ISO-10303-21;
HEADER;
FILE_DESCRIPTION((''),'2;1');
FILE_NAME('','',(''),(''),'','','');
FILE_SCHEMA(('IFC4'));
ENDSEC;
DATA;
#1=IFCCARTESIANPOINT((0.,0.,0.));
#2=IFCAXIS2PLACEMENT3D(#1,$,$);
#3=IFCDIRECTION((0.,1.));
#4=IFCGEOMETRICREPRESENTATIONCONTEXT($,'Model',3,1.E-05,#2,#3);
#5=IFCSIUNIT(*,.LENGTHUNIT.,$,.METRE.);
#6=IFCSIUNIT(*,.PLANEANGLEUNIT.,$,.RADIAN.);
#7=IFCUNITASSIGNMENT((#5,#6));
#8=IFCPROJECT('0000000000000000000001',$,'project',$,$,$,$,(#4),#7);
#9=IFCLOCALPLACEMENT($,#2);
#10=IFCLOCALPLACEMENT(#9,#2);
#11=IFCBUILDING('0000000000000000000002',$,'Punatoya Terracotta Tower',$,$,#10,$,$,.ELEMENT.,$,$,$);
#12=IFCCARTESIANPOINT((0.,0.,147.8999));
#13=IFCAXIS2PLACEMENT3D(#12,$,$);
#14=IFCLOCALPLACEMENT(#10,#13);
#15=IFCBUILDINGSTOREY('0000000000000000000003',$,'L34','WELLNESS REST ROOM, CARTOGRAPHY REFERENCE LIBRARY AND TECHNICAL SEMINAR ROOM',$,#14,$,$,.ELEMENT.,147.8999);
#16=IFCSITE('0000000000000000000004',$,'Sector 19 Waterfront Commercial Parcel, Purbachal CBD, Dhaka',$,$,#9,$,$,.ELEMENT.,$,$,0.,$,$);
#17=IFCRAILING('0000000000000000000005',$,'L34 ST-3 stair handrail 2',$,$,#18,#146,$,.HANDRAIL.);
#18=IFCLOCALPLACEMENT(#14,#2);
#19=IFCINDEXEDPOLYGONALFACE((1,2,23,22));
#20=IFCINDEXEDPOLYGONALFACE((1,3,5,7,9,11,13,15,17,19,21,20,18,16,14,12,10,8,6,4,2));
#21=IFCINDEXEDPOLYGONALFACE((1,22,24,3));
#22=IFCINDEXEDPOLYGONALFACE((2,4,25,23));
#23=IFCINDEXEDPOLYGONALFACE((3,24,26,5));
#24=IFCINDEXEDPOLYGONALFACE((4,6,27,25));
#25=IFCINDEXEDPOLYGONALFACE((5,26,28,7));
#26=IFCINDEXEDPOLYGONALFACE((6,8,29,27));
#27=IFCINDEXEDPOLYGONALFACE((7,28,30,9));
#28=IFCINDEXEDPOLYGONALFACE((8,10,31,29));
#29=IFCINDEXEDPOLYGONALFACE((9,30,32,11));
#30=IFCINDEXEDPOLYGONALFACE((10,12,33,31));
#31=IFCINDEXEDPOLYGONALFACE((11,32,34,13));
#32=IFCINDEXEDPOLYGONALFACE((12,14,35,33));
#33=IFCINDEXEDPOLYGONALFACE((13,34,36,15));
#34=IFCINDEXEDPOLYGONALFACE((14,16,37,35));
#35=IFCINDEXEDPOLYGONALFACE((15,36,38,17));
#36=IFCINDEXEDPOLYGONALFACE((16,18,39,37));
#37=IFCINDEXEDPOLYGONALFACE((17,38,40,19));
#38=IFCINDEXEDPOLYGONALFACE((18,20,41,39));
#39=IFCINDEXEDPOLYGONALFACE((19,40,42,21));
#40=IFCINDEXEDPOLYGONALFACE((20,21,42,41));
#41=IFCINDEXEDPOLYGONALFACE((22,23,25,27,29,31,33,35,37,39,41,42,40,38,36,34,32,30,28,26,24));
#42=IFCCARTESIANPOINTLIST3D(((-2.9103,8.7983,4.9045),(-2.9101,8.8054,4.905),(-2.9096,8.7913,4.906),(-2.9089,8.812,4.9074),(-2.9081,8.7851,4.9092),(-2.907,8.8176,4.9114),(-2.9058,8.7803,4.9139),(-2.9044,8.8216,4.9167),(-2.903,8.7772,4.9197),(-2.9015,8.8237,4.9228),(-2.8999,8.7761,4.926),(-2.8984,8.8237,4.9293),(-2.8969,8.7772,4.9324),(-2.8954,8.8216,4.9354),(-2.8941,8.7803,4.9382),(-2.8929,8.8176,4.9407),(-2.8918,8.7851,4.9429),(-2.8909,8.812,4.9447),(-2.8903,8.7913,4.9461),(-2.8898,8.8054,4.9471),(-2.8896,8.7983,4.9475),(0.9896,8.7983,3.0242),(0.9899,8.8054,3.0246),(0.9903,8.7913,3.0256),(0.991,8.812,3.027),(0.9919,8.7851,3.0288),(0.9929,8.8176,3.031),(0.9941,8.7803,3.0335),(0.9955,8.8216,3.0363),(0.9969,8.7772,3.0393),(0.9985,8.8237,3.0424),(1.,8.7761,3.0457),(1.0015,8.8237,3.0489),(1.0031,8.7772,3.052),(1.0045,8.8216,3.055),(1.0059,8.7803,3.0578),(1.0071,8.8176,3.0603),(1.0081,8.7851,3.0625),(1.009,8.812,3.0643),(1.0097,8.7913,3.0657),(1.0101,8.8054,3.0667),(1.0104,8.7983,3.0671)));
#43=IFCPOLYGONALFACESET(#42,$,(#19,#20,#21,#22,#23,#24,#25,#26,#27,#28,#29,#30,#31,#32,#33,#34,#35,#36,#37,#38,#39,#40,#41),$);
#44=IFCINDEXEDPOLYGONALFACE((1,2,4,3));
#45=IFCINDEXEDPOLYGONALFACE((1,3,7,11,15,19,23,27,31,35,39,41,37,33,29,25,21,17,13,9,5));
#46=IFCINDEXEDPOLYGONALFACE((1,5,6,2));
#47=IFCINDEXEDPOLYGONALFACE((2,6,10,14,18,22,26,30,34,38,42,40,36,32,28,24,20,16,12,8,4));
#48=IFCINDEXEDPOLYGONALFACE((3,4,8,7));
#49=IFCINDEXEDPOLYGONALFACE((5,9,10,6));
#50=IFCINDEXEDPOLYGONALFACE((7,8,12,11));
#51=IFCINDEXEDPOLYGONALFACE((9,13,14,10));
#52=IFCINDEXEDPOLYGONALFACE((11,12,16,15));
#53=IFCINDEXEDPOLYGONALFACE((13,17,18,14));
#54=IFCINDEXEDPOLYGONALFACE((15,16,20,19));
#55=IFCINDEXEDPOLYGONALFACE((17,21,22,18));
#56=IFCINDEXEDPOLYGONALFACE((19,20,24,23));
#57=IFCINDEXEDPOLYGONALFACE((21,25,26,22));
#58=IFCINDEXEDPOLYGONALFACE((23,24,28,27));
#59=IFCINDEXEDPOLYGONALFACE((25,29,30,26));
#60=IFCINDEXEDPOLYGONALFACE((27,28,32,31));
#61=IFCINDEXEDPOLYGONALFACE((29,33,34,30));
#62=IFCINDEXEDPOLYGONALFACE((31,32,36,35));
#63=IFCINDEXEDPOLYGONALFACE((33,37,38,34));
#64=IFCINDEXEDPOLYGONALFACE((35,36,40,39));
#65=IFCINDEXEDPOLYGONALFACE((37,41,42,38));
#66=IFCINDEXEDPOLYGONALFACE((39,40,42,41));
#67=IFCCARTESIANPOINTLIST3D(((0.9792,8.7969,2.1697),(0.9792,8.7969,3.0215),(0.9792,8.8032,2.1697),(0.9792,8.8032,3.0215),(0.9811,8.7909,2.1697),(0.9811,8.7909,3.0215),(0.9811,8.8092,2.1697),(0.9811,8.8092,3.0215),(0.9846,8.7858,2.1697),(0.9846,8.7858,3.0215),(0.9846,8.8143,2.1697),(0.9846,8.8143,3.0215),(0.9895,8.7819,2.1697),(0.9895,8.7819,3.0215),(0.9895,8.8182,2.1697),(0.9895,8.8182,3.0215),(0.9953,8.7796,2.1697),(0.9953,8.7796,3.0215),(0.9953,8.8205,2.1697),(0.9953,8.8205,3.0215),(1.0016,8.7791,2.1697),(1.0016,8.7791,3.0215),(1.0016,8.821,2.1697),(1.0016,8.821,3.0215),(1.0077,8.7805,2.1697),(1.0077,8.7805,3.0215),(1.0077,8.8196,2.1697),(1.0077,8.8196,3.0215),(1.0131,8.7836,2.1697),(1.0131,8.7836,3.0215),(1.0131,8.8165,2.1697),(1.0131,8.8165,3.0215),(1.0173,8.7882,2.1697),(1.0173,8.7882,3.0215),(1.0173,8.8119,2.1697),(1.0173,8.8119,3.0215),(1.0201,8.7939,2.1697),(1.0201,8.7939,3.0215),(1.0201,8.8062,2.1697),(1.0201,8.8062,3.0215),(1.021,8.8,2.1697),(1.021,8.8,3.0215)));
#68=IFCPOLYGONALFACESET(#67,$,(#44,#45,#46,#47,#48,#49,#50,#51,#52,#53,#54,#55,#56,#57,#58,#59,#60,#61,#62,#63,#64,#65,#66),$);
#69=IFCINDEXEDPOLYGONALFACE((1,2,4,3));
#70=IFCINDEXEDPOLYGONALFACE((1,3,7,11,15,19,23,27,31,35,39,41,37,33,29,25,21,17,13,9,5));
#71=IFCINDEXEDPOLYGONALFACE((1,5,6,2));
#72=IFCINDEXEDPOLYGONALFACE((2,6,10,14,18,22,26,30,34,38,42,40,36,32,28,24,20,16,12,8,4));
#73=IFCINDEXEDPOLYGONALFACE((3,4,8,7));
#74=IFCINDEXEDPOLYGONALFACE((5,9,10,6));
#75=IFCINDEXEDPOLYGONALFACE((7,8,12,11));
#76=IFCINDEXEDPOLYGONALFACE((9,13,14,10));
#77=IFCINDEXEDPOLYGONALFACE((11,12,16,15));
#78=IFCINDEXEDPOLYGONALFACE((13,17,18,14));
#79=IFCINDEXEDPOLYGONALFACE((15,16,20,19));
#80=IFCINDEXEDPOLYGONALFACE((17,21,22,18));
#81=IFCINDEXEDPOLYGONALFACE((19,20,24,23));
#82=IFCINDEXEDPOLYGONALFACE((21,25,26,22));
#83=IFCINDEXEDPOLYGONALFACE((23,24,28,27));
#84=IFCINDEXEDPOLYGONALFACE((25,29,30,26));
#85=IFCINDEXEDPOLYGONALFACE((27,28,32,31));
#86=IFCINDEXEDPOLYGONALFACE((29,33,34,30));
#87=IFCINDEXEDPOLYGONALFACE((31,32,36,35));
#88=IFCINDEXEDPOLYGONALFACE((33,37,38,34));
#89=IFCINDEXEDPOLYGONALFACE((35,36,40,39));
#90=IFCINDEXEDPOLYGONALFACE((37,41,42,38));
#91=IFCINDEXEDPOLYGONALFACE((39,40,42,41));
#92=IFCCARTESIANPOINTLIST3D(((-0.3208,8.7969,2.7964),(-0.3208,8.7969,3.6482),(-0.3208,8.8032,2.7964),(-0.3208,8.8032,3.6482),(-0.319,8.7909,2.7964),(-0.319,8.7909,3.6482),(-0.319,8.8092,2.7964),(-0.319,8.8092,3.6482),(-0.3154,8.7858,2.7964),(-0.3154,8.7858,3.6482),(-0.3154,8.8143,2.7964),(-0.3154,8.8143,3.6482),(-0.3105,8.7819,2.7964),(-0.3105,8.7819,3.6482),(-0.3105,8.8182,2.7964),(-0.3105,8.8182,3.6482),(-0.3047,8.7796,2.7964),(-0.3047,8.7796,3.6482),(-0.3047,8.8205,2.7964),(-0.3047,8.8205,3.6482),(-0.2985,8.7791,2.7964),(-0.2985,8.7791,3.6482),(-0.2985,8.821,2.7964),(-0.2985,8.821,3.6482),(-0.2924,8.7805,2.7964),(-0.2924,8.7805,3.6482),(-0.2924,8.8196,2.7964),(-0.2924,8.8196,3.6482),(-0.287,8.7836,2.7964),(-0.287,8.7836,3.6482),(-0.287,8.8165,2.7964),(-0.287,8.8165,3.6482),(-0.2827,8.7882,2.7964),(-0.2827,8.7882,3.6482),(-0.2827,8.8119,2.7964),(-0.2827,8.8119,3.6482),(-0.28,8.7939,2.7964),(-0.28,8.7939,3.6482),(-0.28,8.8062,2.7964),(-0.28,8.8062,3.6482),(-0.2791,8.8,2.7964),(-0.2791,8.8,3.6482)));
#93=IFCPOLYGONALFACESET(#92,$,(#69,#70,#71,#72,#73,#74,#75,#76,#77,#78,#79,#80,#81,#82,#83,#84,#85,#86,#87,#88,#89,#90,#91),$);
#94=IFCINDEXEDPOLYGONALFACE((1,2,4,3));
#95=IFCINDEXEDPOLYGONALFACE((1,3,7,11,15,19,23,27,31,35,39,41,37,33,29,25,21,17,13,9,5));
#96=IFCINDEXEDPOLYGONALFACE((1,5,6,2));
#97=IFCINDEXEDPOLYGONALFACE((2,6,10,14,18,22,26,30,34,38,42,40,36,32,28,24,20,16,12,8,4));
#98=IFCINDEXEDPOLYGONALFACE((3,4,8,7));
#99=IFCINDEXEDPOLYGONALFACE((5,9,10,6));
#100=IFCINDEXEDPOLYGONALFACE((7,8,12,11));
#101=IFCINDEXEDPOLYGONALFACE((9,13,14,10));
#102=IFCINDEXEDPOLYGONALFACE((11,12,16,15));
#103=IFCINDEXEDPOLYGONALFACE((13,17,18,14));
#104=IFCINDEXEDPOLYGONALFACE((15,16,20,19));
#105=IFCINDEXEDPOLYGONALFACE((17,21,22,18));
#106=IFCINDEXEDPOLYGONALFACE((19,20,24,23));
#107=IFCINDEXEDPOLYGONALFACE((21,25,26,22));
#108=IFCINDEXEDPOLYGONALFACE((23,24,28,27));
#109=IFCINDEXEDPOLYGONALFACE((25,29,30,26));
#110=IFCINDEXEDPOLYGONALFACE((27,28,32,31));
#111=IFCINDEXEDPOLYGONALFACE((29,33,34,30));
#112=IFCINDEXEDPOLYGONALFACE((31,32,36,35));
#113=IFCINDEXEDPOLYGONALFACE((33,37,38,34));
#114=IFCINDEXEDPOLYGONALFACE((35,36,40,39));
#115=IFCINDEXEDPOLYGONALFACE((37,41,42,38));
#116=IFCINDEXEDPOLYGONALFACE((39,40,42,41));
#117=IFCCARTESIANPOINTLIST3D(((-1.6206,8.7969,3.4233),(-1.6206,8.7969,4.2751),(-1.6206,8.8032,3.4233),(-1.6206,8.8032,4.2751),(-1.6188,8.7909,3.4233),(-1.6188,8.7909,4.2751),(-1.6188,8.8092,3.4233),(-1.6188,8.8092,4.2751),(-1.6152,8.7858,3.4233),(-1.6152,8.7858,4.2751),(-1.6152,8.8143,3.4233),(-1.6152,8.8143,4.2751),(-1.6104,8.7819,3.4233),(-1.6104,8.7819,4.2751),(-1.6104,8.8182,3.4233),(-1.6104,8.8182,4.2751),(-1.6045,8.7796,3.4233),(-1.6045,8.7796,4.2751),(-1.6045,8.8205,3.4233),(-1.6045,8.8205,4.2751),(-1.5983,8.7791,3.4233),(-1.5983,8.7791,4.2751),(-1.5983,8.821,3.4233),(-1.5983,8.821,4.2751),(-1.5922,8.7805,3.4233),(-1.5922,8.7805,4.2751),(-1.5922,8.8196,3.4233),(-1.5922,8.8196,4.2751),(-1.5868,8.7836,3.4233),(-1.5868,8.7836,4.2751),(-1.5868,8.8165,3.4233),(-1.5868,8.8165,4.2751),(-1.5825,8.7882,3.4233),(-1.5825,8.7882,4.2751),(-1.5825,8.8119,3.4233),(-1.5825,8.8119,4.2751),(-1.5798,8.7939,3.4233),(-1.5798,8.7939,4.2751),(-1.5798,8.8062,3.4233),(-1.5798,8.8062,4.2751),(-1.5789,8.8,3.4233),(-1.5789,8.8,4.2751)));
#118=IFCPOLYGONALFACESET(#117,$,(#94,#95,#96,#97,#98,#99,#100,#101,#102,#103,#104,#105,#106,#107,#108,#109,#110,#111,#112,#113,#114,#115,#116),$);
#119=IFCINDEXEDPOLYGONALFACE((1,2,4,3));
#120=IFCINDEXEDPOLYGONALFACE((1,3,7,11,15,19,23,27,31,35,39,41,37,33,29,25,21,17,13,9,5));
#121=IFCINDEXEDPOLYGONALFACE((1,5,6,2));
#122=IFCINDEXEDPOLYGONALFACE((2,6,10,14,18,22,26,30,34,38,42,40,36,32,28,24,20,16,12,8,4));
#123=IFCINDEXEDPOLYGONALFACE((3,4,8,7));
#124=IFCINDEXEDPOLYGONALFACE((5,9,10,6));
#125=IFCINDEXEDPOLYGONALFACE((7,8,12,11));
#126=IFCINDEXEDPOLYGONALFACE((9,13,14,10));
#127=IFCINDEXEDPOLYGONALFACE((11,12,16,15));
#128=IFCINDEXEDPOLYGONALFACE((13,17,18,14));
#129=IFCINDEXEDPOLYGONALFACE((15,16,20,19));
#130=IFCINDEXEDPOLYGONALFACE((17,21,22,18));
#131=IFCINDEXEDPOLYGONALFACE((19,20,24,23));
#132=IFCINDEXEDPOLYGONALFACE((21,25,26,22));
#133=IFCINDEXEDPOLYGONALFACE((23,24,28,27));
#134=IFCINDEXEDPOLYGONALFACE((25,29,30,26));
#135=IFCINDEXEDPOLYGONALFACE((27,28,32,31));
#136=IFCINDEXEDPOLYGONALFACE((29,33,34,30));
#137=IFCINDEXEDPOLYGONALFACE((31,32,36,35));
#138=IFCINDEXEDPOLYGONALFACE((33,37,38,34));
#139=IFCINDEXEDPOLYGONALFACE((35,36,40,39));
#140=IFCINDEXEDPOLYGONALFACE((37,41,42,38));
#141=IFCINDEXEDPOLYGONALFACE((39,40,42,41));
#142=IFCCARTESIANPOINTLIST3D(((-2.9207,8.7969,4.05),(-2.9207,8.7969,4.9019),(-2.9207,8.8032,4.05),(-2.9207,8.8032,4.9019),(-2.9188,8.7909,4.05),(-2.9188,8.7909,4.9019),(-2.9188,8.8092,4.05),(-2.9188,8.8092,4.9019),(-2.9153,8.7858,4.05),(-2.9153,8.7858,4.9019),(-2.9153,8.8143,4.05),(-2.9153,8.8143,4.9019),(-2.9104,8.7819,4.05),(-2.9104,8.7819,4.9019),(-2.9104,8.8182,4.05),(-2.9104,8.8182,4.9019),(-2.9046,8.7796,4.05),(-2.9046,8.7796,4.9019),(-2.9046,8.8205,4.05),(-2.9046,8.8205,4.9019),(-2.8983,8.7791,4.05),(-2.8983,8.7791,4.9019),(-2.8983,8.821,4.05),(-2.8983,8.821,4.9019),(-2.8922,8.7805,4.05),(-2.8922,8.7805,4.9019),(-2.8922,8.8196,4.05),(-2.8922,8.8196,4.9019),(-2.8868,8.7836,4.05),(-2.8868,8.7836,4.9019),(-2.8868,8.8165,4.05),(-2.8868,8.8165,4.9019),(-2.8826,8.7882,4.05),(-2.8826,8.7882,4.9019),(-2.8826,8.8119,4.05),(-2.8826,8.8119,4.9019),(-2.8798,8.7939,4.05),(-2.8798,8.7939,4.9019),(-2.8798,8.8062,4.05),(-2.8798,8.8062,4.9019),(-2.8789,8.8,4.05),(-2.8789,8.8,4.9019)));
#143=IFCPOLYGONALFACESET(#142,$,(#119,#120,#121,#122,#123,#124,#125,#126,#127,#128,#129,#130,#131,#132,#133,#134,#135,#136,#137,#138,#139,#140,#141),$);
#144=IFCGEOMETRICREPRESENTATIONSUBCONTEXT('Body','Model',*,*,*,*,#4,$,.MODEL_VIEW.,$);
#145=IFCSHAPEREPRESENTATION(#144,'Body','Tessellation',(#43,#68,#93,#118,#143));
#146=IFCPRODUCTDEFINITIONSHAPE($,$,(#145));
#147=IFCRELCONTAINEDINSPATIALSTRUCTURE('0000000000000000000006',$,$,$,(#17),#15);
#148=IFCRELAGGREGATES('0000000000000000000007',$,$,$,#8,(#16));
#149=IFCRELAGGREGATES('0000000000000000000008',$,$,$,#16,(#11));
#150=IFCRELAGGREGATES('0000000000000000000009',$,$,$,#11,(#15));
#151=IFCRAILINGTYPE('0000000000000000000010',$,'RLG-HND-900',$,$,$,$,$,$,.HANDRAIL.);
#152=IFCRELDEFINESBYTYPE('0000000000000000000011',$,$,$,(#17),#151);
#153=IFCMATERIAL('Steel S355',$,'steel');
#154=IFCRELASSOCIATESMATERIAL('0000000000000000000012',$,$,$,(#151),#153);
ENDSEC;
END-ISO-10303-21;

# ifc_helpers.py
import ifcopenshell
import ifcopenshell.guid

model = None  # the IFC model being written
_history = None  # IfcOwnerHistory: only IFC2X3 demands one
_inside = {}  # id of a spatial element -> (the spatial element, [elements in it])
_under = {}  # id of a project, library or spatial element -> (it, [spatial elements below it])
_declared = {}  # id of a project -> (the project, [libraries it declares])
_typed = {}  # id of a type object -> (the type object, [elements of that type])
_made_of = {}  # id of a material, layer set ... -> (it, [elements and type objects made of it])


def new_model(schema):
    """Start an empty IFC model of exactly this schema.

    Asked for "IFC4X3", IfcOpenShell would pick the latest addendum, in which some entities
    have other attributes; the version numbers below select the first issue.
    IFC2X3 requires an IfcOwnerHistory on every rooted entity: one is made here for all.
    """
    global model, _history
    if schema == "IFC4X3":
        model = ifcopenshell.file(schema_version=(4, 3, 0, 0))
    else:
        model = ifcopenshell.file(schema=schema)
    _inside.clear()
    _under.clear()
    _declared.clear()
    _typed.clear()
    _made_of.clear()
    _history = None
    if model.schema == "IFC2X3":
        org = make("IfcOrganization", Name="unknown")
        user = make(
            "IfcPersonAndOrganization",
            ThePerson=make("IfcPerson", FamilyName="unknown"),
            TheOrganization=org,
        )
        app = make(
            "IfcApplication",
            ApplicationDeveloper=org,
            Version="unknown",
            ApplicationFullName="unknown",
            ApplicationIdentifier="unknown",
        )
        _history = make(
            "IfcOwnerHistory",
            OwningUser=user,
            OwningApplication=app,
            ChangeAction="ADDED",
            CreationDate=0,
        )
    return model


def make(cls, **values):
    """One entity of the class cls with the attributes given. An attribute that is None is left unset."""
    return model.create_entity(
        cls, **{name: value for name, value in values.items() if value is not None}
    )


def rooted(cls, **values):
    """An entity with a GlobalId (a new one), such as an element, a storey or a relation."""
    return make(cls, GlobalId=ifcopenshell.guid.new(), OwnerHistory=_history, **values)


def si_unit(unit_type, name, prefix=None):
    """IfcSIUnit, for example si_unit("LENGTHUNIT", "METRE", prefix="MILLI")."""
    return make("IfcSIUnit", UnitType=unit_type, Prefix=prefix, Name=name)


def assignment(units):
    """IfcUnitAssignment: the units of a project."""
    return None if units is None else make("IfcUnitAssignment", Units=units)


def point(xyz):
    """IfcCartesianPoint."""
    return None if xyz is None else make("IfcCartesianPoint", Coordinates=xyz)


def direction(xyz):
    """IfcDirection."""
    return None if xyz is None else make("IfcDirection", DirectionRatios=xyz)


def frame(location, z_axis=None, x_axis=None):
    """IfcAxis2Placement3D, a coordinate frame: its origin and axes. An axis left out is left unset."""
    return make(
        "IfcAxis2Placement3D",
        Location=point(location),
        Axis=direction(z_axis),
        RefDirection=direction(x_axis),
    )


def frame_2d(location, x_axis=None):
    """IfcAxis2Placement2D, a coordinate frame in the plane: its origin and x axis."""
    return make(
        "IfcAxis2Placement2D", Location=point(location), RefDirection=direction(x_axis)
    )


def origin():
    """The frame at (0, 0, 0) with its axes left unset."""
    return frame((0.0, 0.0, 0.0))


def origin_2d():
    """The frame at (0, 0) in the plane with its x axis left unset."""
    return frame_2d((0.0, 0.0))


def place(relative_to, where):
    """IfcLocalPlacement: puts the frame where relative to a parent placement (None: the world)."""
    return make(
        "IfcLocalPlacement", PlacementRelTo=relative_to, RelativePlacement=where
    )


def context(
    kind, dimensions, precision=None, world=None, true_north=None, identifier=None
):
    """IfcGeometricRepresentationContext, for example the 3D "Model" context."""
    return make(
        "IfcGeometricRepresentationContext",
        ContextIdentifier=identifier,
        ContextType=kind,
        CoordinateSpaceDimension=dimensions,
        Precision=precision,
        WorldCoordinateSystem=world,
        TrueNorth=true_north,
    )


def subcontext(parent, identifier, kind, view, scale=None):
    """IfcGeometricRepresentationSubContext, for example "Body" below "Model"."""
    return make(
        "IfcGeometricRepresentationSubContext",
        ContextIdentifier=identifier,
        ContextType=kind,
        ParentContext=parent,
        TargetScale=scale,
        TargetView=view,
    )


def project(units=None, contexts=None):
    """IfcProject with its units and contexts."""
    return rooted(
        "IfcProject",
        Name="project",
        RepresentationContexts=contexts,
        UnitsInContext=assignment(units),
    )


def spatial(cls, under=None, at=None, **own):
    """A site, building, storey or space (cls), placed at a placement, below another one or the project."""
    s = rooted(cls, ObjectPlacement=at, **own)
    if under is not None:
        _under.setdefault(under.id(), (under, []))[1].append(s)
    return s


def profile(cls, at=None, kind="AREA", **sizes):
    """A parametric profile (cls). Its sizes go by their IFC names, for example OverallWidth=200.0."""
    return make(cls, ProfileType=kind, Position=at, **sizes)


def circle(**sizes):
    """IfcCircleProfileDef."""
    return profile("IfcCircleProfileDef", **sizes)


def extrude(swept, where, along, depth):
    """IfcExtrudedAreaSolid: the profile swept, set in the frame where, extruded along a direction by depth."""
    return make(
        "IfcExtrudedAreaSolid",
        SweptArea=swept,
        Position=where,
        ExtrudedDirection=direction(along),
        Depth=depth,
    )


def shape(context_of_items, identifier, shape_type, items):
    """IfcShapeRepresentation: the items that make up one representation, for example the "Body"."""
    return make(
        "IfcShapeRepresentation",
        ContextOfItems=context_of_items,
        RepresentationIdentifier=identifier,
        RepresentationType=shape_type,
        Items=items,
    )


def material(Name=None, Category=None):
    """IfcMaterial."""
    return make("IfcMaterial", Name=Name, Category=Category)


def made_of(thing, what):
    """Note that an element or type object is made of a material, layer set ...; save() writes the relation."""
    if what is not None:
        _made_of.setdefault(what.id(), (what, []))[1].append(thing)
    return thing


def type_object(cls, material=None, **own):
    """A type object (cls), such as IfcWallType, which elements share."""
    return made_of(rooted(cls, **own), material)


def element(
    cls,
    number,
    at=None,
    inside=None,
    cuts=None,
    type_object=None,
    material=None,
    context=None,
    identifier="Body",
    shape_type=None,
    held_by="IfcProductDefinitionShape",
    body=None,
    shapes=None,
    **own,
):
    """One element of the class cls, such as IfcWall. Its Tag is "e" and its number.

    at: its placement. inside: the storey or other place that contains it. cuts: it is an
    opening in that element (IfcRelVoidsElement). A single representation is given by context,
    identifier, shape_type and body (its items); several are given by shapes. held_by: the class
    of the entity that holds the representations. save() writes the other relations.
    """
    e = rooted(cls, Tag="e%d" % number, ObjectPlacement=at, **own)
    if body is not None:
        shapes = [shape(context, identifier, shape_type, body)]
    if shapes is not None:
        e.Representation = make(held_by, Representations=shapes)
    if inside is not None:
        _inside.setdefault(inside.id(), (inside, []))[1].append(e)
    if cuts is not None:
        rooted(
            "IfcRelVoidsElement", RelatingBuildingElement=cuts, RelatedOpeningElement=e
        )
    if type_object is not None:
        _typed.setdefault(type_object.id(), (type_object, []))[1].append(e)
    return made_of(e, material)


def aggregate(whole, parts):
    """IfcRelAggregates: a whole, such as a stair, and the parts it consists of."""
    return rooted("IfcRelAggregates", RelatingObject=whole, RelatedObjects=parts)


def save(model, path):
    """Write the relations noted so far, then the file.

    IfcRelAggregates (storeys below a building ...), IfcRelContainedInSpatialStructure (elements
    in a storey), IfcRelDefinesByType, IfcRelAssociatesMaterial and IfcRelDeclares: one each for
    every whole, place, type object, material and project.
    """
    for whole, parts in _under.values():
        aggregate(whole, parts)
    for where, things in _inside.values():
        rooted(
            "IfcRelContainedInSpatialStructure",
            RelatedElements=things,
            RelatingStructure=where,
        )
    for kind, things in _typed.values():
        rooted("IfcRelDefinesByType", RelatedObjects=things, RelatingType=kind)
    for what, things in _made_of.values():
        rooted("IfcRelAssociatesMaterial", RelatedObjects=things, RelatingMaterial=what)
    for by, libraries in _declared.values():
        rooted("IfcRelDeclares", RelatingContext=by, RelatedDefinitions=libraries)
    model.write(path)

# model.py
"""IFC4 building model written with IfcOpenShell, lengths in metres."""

from ifc_helpers import new_model, si_unit, direction, frame, origin, origin_2d, place, context, subcontext, project, spatial, circle, extrude, material, type_object, element, save


model = new_model("IFC4")

# Units and contexts
model_context = context("Model", 3, precision=1e-05, world=origin(), true_north=direction((0.0, 1.0)))
body_context = subcontext(model_context, "Body", "Model", "MODEL_VIEW")
ifc_project = project(units=[si_unit("LENGTHUNIT", "METRE"), si_unit("PLANEANGLEUNIT", "RADIAN")], contexts=[model_context])

# Site, building, storey
site_placement = place(None, origin())
site = spatial("IfcSite", under=ifc_project, at=site_placement, Name="Sector 19 Waterfront Commercial Parcel, Purbachal CBD, Dhaka", CompositionType="ELEMENT", RefElevation=0.0)
building_placement = place(site_placement, origin())
building = spatial("IfcBuilding", under=site, at=building_placement, Name="Punatoya Terracotta Tower", CompositionType="ELEMENT")
storey_placement = place(building_placement, frame((0.0, 0.0, 147.8999)))
storey = spatial("IfcBuildingStorey", under=building, at=storey_placement, Name="L34", Description="WELLNESS REST ROOM, CARTOGRAPHY REFERENCE LIBRARY AND TECHNICAL SEMINAR ROOM", CompositionType="ELEMENT", Elevation=147.8999)

# Shared definitions
ifc_material_1 = material(Name="Steel S355", Category="steel")

# Railing
railing_type_1 = type_object("IfcRailingType", Name="RLG-HND-900", PredefinedType="HANDRAIL", material=ifc_material_1)
railing_1_placement = place(storey_placement, frame((1.0, 8.8, 2.1697)))
element("IfcRailing", 1, at=railing_1_placement, inside=storey, type_object=railing_type_1, Name="L34 ST-3 stair handrail 2", PredefinedType="HANDRAIL", context=body_context, shape_type="SweptSolid", body=[
    extrude(circle(Radius=0.0239, at=origin_2d()), frame((0.0, 0.0, 0.876), z_axis=(-0.900763, 0.0, 0.434311), x_axis=(0.0, -1.0, 0.0)), (0.0, 0.0, 1.0), 4.3296),
    extrude(circle(Radius=0.021, at=origin_2d()), origin(), (0.0, 0.0, 1.0), 0.8518),
    extrude(circle(Radius=0.021, at=origin_2d()), frame((-1.3, 0.0, 0.6267)), (0.0, 0.0, 1.0), 0.8518),
    extrude(circle(Radius=0.021, at=origin_2d()), frame((-2.5999, 0.0, 1.2537)), (0.0, 0.0, 1.0), 0.8518),
    extrude(circle(Radius=0.021, at=origin_2d()), frame((-3.8999, 0.0, 1.8804)), (0.0, 0.0, 1.0), 0.8518),
])

save(model, "model.ifc")
